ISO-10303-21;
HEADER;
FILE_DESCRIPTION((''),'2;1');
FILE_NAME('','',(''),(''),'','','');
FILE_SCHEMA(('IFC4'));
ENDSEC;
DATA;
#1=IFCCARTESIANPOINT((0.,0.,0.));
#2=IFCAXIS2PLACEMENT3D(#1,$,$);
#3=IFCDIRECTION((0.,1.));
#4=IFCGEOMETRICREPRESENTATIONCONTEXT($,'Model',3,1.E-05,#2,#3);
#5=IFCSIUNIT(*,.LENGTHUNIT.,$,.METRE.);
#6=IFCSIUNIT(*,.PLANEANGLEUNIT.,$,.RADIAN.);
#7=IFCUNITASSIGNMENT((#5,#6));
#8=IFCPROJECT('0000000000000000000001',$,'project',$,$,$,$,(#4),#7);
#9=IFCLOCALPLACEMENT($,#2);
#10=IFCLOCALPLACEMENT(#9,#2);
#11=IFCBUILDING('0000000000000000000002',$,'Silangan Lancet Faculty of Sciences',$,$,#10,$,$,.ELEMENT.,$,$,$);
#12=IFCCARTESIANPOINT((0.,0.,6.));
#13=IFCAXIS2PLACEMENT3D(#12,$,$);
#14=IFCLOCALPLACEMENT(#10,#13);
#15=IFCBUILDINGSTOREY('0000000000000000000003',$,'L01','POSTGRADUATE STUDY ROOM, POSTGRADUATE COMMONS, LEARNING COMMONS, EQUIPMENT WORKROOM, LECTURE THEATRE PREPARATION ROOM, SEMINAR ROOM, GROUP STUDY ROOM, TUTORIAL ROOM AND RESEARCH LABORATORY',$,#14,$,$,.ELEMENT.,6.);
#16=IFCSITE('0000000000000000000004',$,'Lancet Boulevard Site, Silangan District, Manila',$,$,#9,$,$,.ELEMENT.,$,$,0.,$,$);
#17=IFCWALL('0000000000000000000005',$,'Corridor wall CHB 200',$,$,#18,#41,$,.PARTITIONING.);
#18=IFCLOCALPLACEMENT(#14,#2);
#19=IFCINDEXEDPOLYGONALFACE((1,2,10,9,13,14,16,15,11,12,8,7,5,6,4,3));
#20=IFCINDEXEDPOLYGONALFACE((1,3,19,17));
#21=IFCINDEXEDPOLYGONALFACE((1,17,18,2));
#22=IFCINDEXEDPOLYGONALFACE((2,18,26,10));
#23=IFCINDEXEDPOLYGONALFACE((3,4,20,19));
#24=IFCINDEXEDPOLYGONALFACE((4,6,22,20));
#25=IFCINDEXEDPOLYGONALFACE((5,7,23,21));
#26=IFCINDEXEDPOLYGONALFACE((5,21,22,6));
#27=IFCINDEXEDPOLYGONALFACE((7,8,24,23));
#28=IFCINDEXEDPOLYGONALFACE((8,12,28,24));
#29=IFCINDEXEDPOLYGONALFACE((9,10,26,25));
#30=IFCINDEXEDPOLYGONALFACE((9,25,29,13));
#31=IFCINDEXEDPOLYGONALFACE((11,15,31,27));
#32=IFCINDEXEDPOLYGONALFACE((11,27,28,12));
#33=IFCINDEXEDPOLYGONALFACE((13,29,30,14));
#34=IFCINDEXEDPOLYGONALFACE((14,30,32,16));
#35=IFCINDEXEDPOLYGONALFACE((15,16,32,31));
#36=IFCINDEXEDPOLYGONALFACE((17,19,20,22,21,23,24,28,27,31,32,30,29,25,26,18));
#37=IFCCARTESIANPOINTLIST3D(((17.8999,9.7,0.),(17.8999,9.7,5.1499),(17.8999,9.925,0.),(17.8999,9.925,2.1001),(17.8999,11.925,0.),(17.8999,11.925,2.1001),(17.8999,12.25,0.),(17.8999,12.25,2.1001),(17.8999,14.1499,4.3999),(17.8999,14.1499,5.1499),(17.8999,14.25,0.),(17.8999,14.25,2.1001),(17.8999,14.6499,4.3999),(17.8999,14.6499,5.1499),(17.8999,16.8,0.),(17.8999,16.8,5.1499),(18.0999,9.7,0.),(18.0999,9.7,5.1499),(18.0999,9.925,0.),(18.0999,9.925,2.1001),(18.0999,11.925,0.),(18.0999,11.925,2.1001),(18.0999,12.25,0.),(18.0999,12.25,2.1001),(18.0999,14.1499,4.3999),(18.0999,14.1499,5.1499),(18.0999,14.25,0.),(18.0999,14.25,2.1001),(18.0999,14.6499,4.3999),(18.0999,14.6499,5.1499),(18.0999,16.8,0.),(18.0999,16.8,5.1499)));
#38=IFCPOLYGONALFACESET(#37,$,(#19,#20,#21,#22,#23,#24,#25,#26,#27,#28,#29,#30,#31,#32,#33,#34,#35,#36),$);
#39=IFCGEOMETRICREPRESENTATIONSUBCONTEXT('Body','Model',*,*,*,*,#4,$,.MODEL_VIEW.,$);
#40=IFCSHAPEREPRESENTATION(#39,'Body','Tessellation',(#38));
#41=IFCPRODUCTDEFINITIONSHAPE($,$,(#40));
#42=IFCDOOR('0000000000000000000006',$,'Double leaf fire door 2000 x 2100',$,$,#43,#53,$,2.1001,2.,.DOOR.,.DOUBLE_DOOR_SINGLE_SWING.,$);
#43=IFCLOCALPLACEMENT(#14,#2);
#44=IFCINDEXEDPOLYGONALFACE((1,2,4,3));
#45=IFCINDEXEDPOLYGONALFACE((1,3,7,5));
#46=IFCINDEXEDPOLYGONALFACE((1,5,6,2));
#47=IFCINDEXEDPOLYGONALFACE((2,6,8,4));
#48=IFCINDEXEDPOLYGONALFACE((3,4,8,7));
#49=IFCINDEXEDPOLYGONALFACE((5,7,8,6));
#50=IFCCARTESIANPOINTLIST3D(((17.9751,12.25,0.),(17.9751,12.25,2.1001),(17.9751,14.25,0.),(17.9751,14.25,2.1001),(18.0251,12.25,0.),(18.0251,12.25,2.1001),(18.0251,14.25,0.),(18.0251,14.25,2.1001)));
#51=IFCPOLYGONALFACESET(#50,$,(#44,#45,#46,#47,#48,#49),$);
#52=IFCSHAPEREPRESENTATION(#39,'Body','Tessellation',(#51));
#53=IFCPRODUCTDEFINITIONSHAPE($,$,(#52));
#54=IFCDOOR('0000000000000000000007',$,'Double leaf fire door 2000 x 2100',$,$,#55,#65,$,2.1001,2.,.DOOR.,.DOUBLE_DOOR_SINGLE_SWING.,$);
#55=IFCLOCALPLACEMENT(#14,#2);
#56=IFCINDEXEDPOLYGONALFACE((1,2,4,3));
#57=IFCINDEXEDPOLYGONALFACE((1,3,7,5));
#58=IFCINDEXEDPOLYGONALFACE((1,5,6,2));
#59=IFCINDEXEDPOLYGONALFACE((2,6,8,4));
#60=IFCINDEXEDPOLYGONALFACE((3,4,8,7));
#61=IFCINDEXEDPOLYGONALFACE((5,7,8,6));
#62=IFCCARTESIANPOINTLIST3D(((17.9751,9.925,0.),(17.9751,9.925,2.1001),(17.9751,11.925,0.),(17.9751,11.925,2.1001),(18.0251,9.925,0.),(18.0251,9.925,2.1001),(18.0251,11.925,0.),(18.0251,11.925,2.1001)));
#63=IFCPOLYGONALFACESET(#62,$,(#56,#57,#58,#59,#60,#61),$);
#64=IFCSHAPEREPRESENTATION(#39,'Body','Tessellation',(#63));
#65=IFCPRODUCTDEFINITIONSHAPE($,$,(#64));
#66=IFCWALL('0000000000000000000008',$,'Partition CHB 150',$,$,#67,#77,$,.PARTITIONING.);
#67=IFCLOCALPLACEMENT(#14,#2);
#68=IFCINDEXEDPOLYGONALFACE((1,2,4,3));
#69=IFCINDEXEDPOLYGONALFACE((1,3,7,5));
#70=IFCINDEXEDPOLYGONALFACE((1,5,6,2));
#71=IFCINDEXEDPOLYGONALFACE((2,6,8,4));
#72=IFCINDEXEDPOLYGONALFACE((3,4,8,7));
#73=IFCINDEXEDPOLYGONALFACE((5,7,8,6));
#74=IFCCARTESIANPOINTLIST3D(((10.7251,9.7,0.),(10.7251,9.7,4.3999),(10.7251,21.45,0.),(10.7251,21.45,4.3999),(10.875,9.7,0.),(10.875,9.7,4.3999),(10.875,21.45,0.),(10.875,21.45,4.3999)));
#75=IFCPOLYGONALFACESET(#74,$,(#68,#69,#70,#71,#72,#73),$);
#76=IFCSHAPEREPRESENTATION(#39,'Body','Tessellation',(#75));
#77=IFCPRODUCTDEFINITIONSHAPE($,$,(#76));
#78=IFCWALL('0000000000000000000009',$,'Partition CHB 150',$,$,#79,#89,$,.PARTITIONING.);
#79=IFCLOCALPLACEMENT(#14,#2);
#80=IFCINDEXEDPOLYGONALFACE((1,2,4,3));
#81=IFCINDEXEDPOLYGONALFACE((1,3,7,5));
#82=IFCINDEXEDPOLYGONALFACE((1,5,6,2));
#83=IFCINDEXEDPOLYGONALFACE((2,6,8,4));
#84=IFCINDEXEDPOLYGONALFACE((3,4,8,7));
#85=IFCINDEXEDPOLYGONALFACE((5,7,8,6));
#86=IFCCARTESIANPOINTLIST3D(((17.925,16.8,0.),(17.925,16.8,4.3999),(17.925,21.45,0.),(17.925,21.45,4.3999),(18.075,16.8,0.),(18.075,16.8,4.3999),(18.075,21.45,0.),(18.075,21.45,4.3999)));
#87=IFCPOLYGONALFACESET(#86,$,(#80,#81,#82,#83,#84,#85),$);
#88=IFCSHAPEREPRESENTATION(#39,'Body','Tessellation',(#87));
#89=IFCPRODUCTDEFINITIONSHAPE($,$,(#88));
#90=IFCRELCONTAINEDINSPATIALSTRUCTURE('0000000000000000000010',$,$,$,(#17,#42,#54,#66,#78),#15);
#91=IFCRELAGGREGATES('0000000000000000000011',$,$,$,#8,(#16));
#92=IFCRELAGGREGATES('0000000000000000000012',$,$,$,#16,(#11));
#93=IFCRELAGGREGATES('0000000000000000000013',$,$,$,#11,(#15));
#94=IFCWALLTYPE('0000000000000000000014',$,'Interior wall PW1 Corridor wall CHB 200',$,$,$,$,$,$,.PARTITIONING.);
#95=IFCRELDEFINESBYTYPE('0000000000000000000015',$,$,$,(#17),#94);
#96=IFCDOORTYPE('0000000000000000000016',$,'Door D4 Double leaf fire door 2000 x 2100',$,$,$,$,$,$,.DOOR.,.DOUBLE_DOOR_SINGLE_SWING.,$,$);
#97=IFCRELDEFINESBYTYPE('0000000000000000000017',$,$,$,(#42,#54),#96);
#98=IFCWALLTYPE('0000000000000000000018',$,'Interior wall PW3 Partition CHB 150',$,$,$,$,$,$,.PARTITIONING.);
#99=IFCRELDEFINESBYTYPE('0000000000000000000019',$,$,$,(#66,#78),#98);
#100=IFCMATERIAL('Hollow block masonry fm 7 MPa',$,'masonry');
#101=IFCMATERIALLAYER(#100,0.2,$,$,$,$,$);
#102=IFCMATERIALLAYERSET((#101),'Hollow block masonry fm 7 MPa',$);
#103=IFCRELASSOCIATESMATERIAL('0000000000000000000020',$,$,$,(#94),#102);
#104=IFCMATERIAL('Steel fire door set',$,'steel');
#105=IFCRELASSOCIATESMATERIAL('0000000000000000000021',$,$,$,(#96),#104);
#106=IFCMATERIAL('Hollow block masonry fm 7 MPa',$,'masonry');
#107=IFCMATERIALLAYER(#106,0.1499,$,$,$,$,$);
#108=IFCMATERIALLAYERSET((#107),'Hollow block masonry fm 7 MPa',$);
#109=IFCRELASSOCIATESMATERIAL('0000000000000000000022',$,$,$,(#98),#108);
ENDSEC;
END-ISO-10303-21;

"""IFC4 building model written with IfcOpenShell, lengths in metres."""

from ifc_helpers import new_model, si_unit, direction, frame, frame_2d, origin, place, context, subcontext, project, spatial, polyline, rectangle, outline, extrude, material, layer, layer_set, type_object, element, fill, save


model = new_model("IFC4")

# Units and contexts
model_context = context("Model", 3, precision=1e-05, world=origin(), true_north=direction((0.0, 1.0)))
body_context = subcontext(model_context, "Body", "Model", "MODEL_VIEW")
ifc_project = project(units=[si_unit("LENGTHUNIT", "METRE"), si_unit("PLANEANGLEUNIT", "RADIAN")], contexts=[model_context])

# Site, building, storey
site_placement = place(None, origin())
site = spatial("IfcSite", under=ifc_project, at=site_placement, Name="Lancet Boulevard Site, Silangan District, Manila", CompositionType="ELEMENT", RefElevation=0.0)
building_placement = place(site_placement, origin())
building = spatial("IfcBuilding", under=site, at=building_placement, Name="Silangan Lancet Faculty of Sciences", CompositionType="ELEMENT")
storey_placement = place(building_placement, frame((0.0, 0.0, 6.0)))
storey = spatial("IfcBuildingStorey", under=building, at=storey_placement, Name="L01", Description="POSTGRADUATE STUDY ROOM, POSTGRADUATE COMMONS, LEARNING COMMONS, EQUIPMENT WORKROOM, LECTURE THEATRE PREPARATION ROOM, SEMINAR ROOM, GROUP STUDY ROOM, TUTORIAL ROOM AND RESEARCH LABORATORY", CompositionType="ELEMENT", Elevation=6.0)

# Shared definitions
ifc_material_1 = material(Name="Hollow block masonry fm 7 MPa", Category="masonry")
ifc_layer_1 = layer(ifc_material_1, 0.2)
ifc_layer_set_1 = layer_set([ifc_layer_1], Name="Hollow block masonry fm 7 MPa")
wall_type_1 = type_object("IfcWallType", Name="Interior wall PW1 Corridor wall CHB 200", PredefinedType="PARTITIONING", material=ifc_layer_set_1)

# Wall, openings, doors
wall_1_placement = place(storey_placement, frame((18.0, 9.7, 0.0), z_axis=(0.0, 0.0, 1.0), x_axis=(0.0, 1.0, 0.0)))
wall_1 = element("IfcWall", 1, at=wall_1_placement, inside=storey, type_object=wall_type_1, Name="Corridor wall CHB 200", PredefinedType="PARTITIONING", context=body_context, shape_type="SweptSolid", body=[
    extrude(outline(polyline([(0.0, 0.0), (7.1001, 0.0), (7.1001, 5.1499), (4.95, 5.1499), (4.95, 4.3999), (4.45, 4.3999), (4.45, 5.1499), (0.0, 5.1499), (0.0, 0.0)])), frame((0.0, 0.1001, 0.0), z_axis=(0.0, -1.0, 0.0), x_axis=(1.0, 0.0, 0.0)), (0.0, 0.0, 1.0), 0.2),
])
opening_1_placement = place(wall_1_placement, frame((2.55, 0.0, 0.0)))
opening_1 = element("IfcOpeningElement", 2, at=opening_1_placement, cuts=wall_1, PredefinedType="OPENING", context=body_context, shape_type="SweptSolid", body=[
    extrude(rectangle(XDim=2.0, YDim=2.1001, at=frame_2d((1.0, 1.05))), frame((0.0, 0.1099, 0.0), z_axis=(0.0, -1.0, 0.0), x_axis=(1.0, 0.0, 0.0)), (0.0, 0.0, 1.0), 0.22),
])
opening_2_placement = place(wall_1_placement, frame((0.2251, 0.0, 0.0)))
opening_2 = element("IfcOpeningElement", 3, at=opening_2_placement, cuts=wall_1, PredefinedType="OPENING", context=body_context, shape_type="SweptSolid", body=[
    extrude(rectangle(XDim=2.0, YDim=2.1001, at=frame_2d((1.0, 1.05))), frame((0.0, 0.1099, 0.0), z_axis=(0.0, -1.0, 0.0), x_axis=(1.0, 0.0, 0.0)), (0.0, 0.0, 1.0), 0.22),
])
ifc_material_2 = material(Name="Steel fire door set", Category="steel")
door_type_1 = type_object("IfcDoorType", Name="Door D4 Double leaf fire door 2000 x 2100", OperationType="DOUBLE_DOOR_SINGLE_SWING", PredefinedType="DOOR", material=ifc_material_2)
door_1_placement = place(opening_1_placement, origin())
door_1 = element("IfcDoor", 4, at=door_1_placement, inside=storey, type_object=door_type_1, Name="Double leaf fire door 2000 x 2100", OperationType="DOUBLE_DOOR_SINGLE_SWING", OverallHeight=2.1001, OverallWidth=2.0, PredefinedType="DOOR", context=body_context, shape_type="SweptSolid", body=[
    extrude(rectangle(XDim=2.0, YDim=2.1001, at=frame_2d((1.0, 1.05))), frame((0.0, 0.0249, 0.0), z_axis=(0.0, -1.0, 0.0), x_axis=(1.0, 0.0, 0.0)), (0.0, 0.0, 1.0), 0.05),
])
fill(opening_1, door_1)
door_2_placement = place(opening_2_placement, origin())
door_2 = element("IfcDoor", 5, at=door_2_placement, inside=storey, type_object=door_type_1, Name="Double leaf fire door 2000 x 2100", OperationType="DOUBLE_DOOR_SINGLE_SWING", OverallHeight=2.1001, OverallWidth=2.0, PredefinedType="DOOR", context=body_context, shape_type="SweptSolid", body=[
    extrude(rectangle(XDim=2.0, YDim=2.1001, at=frame_2d((1.0, 1.05))), frame((0.0, 0.0249, 0.0), z_axis=(0.0, -1.0, 0.0), x_axis=(1.0, 0.0, 0.0)), (0.0, 0.0, 1.0), 0.05),
])
fill(opening_2, door_2)

# Walls
ifc_material_3 = material(Name="Hollow block masonry fm 7 MPa", Category="masonry")
ifc_layer_2 = layer(ifc_material_3, 0.1499)
ifc_layer_set_2 = layer_set([ifc_layer_2], Name="Hollow block masonry fm 7 MPa")
wall_type_2 = type_object("IfcWallType", Name="Interior wall PW3 Partition CHB 150", PredefinedType="PARTITIONING", material=ifc_layer_set_2)
wall_2_placement = place(storey_placement, frame((10.8, 9.7, 0.0), z_axis=(0.0, 0.0, 1.0), x_axis=(0.0, 1.0, 0.0)))
element("IfcWall", 6, at=wall_2_placement, inside=storey, type_object=wall_type_2, Name="Partition CHB 150", PredefinedType="PARTITIONING", context=body_context, shape_type="SweptSolid", body=[
    extrude(rectangle(XDim=11.75, YDim=0.1499, at=frame_2d((5.875, 0.0))), origin(), (0.0, 0.0, 1.0), 4.3999),
])
wall_3_placement = place(storey_placement, frame((18.0, 16.8, 0.0), z_axis=(0.0, 0.0, 1.0), x_axis=(0.0, 1.0, 0.0)))
element("IfcWall", 7, at=wall_3_placement, inside=storey, type_object=wall_type_2, Name="Partition CHB 150", PredefinedType="PARTITIONING", context=body_context, shape_type="SweptSolid", body=[
    extrude(rectangle(XDim=4.6499, YDim=0.1499, at=frame_2d((2.325, 0.0))), origin(), (0.0, 0.0, 1.0), 4.3999),
])

save(model, "model.ifc")
